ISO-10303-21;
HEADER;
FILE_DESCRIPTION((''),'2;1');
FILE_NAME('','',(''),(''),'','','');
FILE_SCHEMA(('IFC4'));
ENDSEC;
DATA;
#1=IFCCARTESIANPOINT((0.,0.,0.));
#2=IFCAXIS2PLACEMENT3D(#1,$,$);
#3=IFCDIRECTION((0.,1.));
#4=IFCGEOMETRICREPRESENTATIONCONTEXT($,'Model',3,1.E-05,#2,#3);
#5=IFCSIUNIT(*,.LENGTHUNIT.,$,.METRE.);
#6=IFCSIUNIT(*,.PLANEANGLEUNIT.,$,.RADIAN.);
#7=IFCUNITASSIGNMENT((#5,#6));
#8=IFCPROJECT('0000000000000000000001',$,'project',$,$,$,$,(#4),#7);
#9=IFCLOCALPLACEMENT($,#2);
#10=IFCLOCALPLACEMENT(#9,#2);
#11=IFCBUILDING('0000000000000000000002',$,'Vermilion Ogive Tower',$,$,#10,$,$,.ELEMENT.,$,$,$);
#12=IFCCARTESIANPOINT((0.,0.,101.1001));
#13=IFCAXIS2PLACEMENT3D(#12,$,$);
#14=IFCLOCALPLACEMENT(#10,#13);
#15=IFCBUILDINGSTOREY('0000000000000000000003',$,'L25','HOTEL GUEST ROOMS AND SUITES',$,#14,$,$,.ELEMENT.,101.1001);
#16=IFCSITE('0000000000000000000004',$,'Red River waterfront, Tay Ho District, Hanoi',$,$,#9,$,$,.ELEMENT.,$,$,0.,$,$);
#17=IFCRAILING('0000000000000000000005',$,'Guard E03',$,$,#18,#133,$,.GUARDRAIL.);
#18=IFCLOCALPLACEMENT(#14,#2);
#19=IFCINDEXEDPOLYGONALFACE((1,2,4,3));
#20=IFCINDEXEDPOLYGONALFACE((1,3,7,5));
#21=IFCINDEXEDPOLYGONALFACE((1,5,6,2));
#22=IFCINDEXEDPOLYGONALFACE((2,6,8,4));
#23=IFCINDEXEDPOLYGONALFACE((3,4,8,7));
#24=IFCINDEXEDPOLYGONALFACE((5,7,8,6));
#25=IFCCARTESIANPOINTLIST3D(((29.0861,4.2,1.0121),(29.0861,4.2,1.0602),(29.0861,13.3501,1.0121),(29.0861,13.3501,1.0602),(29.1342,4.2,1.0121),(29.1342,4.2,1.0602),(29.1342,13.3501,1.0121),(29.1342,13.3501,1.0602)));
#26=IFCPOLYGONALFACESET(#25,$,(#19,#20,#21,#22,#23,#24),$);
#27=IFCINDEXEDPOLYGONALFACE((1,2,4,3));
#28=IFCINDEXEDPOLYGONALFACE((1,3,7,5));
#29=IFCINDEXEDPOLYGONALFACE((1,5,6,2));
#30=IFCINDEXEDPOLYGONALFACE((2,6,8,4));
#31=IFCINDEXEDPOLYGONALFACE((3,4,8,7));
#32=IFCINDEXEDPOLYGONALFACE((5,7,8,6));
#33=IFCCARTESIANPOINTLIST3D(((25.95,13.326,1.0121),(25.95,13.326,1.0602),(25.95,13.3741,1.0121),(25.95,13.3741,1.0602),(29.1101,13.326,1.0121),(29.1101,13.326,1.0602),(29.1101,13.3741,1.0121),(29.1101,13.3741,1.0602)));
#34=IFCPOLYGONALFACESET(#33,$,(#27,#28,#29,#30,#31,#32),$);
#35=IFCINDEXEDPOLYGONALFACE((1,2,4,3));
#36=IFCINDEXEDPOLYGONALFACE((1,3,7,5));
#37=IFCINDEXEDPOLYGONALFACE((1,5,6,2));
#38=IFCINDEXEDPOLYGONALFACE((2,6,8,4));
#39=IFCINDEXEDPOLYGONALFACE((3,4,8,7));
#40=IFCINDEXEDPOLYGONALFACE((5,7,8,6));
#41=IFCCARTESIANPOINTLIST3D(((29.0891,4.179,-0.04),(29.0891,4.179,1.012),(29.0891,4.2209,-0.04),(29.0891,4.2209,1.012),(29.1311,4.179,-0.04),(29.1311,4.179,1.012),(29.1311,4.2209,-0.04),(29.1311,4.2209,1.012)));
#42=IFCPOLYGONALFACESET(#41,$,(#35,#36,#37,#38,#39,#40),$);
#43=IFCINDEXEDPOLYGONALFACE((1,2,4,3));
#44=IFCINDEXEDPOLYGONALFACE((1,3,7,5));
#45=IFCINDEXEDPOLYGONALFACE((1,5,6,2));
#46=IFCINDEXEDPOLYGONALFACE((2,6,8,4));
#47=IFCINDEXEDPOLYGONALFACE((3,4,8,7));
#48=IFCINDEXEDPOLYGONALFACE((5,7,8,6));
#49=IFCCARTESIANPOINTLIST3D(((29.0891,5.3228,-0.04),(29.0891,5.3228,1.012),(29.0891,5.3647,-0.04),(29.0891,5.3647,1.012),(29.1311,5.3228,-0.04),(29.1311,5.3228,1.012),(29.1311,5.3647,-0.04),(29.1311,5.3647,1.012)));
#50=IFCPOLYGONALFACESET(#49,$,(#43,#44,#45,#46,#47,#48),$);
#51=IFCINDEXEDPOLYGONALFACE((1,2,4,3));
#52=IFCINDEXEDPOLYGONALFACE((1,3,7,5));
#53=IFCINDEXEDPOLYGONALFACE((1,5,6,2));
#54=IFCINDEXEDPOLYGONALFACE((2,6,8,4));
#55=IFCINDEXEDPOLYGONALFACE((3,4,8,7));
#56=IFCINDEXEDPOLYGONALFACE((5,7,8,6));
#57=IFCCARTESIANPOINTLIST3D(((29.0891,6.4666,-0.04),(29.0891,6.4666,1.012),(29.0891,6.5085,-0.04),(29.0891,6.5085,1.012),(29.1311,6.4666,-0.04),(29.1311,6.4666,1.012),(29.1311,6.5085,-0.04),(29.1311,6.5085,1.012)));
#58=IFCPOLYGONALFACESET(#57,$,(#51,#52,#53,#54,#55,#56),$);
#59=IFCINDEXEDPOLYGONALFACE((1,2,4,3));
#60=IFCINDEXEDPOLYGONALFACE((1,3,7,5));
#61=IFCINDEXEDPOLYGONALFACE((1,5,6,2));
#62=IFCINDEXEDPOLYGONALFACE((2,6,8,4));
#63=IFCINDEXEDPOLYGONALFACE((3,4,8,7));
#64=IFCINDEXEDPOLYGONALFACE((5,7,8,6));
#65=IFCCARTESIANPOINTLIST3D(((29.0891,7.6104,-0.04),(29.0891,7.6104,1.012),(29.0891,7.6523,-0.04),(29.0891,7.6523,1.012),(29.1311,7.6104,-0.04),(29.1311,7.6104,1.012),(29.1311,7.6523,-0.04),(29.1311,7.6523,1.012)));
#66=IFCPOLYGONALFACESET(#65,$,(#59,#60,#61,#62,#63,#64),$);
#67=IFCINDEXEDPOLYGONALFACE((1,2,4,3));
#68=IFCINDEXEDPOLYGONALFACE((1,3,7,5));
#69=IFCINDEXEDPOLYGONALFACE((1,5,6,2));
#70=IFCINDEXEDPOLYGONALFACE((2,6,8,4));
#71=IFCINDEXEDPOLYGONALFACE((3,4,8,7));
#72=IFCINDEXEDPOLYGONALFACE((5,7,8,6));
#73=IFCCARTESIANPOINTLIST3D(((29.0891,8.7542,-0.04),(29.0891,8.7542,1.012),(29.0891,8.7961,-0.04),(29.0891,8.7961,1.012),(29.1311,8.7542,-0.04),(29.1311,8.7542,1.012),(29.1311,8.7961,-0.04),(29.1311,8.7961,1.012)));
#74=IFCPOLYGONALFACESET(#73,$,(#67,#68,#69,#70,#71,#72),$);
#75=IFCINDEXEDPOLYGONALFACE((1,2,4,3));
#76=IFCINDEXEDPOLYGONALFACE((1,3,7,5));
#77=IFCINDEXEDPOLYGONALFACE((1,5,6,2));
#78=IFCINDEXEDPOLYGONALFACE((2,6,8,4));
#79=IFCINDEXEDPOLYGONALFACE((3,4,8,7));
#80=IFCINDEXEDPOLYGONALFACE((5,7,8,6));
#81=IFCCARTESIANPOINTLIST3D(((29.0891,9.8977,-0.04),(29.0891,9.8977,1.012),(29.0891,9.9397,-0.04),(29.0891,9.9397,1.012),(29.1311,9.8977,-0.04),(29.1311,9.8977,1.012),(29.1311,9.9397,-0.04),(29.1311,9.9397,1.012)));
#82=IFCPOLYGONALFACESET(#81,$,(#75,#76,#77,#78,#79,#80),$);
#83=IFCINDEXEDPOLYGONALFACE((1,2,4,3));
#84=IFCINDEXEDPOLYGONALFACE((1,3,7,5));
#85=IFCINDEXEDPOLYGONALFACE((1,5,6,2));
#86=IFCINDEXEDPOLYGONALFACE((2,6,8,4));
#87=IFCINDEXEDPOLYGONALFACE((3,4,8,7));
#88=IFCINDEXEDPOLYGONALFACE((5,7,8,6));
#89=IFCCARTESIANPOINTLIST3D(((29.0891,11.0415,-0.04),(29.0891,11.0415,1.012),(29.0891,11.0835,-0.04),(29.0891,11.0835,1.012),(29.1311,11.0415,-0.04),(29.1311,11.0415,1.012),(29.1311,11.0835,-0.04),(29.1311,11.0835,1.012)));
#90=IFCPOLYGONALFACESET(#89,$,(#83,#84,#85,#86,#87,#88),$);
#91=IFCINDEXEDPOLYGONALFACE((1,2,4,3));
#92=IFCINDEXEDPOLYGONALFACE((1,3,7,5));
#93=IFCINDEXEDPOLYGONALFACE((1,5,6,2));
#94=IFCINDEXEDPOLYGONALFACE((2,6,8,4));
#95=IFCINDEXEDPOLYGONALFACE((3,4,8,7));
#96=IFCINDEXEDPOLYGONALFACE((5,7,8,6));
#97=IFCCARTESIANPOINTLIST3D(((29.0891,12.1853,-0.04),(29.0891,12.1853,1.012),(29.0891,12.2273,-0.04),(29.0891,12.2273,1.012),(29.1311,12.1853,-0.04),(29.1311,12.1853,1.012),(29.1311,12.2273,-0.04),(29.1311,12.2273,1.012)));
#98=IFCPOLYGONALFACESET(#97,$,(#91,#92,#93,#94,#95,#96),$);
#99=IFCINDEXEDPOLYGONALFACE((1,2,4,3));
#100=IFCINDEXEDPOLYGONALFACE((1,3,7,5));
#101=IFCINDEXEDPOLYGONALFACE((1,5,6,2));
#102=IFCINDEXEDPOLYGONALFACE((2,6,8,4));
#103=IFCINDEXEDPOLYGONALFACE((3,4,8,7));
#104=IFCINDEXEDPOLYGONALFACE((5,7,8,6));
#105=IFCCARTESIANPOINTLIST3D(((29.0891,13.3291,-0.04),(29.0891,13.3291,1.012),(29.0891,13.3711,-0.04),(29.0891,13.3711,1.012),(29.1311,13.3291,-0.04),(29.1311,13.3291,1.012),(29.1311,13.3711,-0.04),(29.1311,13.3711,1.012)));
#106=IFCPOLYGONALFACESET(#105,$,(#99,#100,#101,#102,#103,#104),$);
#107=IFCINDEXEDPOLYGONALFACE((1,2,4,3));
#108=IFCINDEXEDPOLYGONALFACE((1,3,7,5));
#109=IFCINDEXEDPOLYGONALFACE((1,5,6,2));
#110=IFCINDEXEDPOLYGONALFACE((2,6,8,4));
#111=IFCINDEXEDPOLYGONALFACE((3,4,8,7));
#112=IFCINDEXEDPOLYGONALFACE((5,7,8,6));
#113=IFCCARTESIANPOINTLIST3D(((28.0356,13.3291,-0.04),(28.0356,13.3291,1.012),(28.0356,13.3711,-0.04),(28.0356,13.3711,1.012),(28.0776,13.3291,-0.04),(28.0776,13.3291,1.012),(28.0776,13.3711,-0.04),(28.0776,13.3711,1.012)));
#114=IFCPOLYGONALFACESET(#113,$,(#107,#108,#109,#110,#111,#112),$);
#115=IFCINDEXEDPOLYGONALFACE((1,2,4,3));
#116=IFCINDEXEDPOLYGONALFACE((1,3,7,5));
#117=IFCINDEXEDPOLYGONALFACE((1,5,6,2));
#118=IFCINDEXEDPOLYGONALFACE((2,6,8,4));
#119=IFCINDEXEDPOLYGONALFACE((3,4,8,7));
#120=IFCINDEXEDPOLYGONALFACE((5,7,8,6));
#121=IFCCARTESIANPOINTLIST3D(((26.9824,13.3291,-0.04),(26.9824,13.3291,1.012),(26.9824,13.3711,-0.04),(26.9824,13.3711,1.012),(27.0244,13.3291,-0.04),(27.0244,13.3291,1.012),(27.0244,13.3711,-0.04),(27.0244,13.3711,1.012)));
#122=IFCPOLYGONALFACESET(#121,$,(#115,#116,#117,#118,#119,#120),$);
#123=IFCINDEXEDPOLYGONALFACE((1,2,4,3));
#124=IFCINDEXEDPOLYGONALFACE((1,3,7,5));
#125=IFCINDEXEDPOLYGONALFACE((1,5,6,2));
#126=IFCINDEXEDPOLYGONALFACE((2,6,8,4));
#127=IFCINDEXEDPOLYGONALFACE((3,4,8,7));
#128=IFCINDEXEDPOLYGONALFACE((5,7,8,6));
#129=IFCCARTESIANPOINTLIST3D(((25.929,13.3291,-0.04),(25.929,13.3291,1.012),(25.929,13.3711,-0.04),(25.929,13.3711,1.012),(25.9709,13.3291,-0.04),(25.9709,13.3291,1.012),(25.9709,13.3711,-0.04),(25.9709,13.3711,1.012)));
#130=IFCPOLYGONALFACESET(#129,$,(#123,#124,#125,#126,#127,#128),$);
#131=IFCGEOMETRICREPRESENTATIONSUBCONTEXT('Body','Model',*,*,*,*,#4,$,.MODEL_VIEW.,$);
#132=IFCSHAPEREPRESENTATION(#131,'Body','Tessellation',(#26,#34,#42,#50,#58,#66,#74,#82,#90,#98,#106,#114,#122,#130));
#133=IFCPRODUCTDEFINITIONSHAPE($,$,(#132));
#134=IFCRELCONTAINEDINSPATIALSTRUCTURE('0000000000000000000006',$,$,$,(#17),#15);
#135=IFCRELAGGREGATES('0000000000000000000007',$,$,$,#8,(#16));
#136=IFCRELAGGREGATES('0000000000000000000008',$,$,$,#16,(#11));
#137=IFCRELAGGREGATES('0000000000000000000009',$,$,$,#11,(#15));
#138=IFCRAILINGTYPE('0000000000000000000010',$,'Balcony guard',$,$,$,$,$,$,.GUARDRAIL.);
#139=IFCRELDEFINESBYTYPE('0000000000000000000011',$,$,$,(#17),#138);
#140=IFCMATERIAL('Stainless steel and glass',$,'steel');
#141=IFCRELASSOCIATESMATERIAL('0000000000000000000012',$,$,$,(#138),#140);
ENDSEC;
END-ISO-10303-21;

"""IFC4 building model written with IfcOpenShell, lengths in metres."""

from ifc_helpers import new_model, si_unit, direction, frame, origin, origin_2d, place, context, subcontext, project, spatial, rectangle, extrude, material, type_object, element, save


model = new_model("IFC4")

# Units and contexts
model_context = context("Model", 3, precision=1e-05, world=origin(), true_north=direction((0.0, 1.0)))
body_context = subcontext(model_context, "Body", "Model", "MODEL_VIEW")
ifc_project = project(units=[si_unit("LENGTHUNIT", "METRE"), si_unit("PLANEANGLEUNIT", "RADIAN")], contexts=[model_context])

# Site, building, storey
site_placement = place(None, origin())
site = spatial("IfcSite", under=ifc_project, at=site_placement, Name="Red River waterfront, Tay Ho District, Hanoi", CompositionType="ELEMENT", RefElevation=0.0)
building_placement = place(site_placement, origin())
building = spatial("IfcBuilding", under=site, at=building_placement, Name="Vermilion Ogive Tower", CompositionType="ELEMENT")
storey_placement = place(building_placement, frame((0.0, 0.0, 101.1001)))
storey = spatial("IfcBuildingStorey", under=building, at=storey_placement, Name="L25", Description="HOTEL GUEST ROOMS AND SUITES", CompositionType="ELEMENT", Elevation=101.1001)

# Railing
ifc_material_1 = material(Name="Stainless steel and glass", Category="steel")
railing_type_1 = type_object("IfcRailingType", Name="Balcony guard", PredefinedType="GUARDRAIL", material=ifc_material_1)
railing_1_placement = place(storey_placement, frame((29.1101, 4.2, -0.04)))
element("IfcRailing", 1, at=railing_1_placement, inside=storey, type_object=railing_type_1, Name="Guard E03", PredefinedType="GUARDRAIL", context=body_context, shape_type="SweptSolid", body=[
    extrude(rectangle(XDim=0.0481, YDim=0.0481, at=origin_2d()), frame((0.0, 0.0, 1.0762), z_axis=(0.0, 1.0, 0.0), x_axis=(-1.0, 0.0, 0.0)), (0.0, 0.0, 1.0), 9.1501),
    extrude(rectangle(XDim=0.0481, YDim=0.0481, at=origin_2d()), frame((0.0, 9.1501, 1.0762), z_axis=(-1.0, 0.0, 0.0), x_axis=(0.0, -1.0, 0.0)), (0.0, 0.0, 1.0), 3.1602),
    extrude(rectangle(XDim=0.042, YDim=0.042, at=origin_2d()), origin(), (0.0, 0.0, 1.0), 1.052),
    extrude(rectangle(XDim=0.042, YDim=0.042, at=origin_2d()), frame((0.0, 1.1438, 0.0)), (0.0, 0.0, 1.0), 1.052),
    extrude(rectangle(XDim=0.042, YDim=0.042, at=origin_2d()), frame((0.0, 2.2876, 0.0)), (0.0, 0.0, 1.0), 1.052),
    extrude(rectangle(XDim=0.042, YDim=0.042, at=origin_2d()), frame((0.0, 3.4314, 0.0)), (0.0, 0.0, 1.0), 1.052),
    extrude(rectangle(XDim=0.042, YDim=0.042, at=origin_2d()), frame((0.0, 4.5752, 0.0)), (0.0, 0.0, 1.0), 1.052),
    extrude(rectangle(XDim=0.042, YDim=0.042, at=origin_2d()), frame((0.0, 5.7188, 0.0)), (0.0, 0.0, 1.0), 1.052),
    extrude(rectangle(XDim=0.042, YDim=0.042, at=origin_2d()), frame((0.0, 6.8625, 0.0)), (0.0, 0.0, 1.0), 1.052),
    extrude(rectangle(XDim=0.042, YDim=0.042, at=origin_2d()), frame((0.0, 8.0063, 0.0)), (0.0, 0.0, 1.0), 1.052),
    extrude(rectangle(XDim=0.042, YDim=0.042, at=origin_2d()), frame((0.0, 9.1501, 0.0)), (0.0, 0.0, 1.0), 1.052),
    extrude(rectangle(XDim=0.042, YDim=0.042, at=origin_2d()), frame((-1.0535, 9.1501, 0.0)), (0.0, 0.0, 1.0), 1.052),
    extrude(rectangle(XDim=0.042, YDim=0.042, at=origin_2d()), frame((-2.1067, 9.1501, 0.0)), (0.0, 0.0, 1.0), 1.052),
    extrude(rectangle(XDim=0.042, YDim=0.042, at=origin_2d()), frame((-3.1602, 9.1501, 0.0)), (0.0, 0.0, 1.0), 1.052),
])

save(model, "model.ifc")
